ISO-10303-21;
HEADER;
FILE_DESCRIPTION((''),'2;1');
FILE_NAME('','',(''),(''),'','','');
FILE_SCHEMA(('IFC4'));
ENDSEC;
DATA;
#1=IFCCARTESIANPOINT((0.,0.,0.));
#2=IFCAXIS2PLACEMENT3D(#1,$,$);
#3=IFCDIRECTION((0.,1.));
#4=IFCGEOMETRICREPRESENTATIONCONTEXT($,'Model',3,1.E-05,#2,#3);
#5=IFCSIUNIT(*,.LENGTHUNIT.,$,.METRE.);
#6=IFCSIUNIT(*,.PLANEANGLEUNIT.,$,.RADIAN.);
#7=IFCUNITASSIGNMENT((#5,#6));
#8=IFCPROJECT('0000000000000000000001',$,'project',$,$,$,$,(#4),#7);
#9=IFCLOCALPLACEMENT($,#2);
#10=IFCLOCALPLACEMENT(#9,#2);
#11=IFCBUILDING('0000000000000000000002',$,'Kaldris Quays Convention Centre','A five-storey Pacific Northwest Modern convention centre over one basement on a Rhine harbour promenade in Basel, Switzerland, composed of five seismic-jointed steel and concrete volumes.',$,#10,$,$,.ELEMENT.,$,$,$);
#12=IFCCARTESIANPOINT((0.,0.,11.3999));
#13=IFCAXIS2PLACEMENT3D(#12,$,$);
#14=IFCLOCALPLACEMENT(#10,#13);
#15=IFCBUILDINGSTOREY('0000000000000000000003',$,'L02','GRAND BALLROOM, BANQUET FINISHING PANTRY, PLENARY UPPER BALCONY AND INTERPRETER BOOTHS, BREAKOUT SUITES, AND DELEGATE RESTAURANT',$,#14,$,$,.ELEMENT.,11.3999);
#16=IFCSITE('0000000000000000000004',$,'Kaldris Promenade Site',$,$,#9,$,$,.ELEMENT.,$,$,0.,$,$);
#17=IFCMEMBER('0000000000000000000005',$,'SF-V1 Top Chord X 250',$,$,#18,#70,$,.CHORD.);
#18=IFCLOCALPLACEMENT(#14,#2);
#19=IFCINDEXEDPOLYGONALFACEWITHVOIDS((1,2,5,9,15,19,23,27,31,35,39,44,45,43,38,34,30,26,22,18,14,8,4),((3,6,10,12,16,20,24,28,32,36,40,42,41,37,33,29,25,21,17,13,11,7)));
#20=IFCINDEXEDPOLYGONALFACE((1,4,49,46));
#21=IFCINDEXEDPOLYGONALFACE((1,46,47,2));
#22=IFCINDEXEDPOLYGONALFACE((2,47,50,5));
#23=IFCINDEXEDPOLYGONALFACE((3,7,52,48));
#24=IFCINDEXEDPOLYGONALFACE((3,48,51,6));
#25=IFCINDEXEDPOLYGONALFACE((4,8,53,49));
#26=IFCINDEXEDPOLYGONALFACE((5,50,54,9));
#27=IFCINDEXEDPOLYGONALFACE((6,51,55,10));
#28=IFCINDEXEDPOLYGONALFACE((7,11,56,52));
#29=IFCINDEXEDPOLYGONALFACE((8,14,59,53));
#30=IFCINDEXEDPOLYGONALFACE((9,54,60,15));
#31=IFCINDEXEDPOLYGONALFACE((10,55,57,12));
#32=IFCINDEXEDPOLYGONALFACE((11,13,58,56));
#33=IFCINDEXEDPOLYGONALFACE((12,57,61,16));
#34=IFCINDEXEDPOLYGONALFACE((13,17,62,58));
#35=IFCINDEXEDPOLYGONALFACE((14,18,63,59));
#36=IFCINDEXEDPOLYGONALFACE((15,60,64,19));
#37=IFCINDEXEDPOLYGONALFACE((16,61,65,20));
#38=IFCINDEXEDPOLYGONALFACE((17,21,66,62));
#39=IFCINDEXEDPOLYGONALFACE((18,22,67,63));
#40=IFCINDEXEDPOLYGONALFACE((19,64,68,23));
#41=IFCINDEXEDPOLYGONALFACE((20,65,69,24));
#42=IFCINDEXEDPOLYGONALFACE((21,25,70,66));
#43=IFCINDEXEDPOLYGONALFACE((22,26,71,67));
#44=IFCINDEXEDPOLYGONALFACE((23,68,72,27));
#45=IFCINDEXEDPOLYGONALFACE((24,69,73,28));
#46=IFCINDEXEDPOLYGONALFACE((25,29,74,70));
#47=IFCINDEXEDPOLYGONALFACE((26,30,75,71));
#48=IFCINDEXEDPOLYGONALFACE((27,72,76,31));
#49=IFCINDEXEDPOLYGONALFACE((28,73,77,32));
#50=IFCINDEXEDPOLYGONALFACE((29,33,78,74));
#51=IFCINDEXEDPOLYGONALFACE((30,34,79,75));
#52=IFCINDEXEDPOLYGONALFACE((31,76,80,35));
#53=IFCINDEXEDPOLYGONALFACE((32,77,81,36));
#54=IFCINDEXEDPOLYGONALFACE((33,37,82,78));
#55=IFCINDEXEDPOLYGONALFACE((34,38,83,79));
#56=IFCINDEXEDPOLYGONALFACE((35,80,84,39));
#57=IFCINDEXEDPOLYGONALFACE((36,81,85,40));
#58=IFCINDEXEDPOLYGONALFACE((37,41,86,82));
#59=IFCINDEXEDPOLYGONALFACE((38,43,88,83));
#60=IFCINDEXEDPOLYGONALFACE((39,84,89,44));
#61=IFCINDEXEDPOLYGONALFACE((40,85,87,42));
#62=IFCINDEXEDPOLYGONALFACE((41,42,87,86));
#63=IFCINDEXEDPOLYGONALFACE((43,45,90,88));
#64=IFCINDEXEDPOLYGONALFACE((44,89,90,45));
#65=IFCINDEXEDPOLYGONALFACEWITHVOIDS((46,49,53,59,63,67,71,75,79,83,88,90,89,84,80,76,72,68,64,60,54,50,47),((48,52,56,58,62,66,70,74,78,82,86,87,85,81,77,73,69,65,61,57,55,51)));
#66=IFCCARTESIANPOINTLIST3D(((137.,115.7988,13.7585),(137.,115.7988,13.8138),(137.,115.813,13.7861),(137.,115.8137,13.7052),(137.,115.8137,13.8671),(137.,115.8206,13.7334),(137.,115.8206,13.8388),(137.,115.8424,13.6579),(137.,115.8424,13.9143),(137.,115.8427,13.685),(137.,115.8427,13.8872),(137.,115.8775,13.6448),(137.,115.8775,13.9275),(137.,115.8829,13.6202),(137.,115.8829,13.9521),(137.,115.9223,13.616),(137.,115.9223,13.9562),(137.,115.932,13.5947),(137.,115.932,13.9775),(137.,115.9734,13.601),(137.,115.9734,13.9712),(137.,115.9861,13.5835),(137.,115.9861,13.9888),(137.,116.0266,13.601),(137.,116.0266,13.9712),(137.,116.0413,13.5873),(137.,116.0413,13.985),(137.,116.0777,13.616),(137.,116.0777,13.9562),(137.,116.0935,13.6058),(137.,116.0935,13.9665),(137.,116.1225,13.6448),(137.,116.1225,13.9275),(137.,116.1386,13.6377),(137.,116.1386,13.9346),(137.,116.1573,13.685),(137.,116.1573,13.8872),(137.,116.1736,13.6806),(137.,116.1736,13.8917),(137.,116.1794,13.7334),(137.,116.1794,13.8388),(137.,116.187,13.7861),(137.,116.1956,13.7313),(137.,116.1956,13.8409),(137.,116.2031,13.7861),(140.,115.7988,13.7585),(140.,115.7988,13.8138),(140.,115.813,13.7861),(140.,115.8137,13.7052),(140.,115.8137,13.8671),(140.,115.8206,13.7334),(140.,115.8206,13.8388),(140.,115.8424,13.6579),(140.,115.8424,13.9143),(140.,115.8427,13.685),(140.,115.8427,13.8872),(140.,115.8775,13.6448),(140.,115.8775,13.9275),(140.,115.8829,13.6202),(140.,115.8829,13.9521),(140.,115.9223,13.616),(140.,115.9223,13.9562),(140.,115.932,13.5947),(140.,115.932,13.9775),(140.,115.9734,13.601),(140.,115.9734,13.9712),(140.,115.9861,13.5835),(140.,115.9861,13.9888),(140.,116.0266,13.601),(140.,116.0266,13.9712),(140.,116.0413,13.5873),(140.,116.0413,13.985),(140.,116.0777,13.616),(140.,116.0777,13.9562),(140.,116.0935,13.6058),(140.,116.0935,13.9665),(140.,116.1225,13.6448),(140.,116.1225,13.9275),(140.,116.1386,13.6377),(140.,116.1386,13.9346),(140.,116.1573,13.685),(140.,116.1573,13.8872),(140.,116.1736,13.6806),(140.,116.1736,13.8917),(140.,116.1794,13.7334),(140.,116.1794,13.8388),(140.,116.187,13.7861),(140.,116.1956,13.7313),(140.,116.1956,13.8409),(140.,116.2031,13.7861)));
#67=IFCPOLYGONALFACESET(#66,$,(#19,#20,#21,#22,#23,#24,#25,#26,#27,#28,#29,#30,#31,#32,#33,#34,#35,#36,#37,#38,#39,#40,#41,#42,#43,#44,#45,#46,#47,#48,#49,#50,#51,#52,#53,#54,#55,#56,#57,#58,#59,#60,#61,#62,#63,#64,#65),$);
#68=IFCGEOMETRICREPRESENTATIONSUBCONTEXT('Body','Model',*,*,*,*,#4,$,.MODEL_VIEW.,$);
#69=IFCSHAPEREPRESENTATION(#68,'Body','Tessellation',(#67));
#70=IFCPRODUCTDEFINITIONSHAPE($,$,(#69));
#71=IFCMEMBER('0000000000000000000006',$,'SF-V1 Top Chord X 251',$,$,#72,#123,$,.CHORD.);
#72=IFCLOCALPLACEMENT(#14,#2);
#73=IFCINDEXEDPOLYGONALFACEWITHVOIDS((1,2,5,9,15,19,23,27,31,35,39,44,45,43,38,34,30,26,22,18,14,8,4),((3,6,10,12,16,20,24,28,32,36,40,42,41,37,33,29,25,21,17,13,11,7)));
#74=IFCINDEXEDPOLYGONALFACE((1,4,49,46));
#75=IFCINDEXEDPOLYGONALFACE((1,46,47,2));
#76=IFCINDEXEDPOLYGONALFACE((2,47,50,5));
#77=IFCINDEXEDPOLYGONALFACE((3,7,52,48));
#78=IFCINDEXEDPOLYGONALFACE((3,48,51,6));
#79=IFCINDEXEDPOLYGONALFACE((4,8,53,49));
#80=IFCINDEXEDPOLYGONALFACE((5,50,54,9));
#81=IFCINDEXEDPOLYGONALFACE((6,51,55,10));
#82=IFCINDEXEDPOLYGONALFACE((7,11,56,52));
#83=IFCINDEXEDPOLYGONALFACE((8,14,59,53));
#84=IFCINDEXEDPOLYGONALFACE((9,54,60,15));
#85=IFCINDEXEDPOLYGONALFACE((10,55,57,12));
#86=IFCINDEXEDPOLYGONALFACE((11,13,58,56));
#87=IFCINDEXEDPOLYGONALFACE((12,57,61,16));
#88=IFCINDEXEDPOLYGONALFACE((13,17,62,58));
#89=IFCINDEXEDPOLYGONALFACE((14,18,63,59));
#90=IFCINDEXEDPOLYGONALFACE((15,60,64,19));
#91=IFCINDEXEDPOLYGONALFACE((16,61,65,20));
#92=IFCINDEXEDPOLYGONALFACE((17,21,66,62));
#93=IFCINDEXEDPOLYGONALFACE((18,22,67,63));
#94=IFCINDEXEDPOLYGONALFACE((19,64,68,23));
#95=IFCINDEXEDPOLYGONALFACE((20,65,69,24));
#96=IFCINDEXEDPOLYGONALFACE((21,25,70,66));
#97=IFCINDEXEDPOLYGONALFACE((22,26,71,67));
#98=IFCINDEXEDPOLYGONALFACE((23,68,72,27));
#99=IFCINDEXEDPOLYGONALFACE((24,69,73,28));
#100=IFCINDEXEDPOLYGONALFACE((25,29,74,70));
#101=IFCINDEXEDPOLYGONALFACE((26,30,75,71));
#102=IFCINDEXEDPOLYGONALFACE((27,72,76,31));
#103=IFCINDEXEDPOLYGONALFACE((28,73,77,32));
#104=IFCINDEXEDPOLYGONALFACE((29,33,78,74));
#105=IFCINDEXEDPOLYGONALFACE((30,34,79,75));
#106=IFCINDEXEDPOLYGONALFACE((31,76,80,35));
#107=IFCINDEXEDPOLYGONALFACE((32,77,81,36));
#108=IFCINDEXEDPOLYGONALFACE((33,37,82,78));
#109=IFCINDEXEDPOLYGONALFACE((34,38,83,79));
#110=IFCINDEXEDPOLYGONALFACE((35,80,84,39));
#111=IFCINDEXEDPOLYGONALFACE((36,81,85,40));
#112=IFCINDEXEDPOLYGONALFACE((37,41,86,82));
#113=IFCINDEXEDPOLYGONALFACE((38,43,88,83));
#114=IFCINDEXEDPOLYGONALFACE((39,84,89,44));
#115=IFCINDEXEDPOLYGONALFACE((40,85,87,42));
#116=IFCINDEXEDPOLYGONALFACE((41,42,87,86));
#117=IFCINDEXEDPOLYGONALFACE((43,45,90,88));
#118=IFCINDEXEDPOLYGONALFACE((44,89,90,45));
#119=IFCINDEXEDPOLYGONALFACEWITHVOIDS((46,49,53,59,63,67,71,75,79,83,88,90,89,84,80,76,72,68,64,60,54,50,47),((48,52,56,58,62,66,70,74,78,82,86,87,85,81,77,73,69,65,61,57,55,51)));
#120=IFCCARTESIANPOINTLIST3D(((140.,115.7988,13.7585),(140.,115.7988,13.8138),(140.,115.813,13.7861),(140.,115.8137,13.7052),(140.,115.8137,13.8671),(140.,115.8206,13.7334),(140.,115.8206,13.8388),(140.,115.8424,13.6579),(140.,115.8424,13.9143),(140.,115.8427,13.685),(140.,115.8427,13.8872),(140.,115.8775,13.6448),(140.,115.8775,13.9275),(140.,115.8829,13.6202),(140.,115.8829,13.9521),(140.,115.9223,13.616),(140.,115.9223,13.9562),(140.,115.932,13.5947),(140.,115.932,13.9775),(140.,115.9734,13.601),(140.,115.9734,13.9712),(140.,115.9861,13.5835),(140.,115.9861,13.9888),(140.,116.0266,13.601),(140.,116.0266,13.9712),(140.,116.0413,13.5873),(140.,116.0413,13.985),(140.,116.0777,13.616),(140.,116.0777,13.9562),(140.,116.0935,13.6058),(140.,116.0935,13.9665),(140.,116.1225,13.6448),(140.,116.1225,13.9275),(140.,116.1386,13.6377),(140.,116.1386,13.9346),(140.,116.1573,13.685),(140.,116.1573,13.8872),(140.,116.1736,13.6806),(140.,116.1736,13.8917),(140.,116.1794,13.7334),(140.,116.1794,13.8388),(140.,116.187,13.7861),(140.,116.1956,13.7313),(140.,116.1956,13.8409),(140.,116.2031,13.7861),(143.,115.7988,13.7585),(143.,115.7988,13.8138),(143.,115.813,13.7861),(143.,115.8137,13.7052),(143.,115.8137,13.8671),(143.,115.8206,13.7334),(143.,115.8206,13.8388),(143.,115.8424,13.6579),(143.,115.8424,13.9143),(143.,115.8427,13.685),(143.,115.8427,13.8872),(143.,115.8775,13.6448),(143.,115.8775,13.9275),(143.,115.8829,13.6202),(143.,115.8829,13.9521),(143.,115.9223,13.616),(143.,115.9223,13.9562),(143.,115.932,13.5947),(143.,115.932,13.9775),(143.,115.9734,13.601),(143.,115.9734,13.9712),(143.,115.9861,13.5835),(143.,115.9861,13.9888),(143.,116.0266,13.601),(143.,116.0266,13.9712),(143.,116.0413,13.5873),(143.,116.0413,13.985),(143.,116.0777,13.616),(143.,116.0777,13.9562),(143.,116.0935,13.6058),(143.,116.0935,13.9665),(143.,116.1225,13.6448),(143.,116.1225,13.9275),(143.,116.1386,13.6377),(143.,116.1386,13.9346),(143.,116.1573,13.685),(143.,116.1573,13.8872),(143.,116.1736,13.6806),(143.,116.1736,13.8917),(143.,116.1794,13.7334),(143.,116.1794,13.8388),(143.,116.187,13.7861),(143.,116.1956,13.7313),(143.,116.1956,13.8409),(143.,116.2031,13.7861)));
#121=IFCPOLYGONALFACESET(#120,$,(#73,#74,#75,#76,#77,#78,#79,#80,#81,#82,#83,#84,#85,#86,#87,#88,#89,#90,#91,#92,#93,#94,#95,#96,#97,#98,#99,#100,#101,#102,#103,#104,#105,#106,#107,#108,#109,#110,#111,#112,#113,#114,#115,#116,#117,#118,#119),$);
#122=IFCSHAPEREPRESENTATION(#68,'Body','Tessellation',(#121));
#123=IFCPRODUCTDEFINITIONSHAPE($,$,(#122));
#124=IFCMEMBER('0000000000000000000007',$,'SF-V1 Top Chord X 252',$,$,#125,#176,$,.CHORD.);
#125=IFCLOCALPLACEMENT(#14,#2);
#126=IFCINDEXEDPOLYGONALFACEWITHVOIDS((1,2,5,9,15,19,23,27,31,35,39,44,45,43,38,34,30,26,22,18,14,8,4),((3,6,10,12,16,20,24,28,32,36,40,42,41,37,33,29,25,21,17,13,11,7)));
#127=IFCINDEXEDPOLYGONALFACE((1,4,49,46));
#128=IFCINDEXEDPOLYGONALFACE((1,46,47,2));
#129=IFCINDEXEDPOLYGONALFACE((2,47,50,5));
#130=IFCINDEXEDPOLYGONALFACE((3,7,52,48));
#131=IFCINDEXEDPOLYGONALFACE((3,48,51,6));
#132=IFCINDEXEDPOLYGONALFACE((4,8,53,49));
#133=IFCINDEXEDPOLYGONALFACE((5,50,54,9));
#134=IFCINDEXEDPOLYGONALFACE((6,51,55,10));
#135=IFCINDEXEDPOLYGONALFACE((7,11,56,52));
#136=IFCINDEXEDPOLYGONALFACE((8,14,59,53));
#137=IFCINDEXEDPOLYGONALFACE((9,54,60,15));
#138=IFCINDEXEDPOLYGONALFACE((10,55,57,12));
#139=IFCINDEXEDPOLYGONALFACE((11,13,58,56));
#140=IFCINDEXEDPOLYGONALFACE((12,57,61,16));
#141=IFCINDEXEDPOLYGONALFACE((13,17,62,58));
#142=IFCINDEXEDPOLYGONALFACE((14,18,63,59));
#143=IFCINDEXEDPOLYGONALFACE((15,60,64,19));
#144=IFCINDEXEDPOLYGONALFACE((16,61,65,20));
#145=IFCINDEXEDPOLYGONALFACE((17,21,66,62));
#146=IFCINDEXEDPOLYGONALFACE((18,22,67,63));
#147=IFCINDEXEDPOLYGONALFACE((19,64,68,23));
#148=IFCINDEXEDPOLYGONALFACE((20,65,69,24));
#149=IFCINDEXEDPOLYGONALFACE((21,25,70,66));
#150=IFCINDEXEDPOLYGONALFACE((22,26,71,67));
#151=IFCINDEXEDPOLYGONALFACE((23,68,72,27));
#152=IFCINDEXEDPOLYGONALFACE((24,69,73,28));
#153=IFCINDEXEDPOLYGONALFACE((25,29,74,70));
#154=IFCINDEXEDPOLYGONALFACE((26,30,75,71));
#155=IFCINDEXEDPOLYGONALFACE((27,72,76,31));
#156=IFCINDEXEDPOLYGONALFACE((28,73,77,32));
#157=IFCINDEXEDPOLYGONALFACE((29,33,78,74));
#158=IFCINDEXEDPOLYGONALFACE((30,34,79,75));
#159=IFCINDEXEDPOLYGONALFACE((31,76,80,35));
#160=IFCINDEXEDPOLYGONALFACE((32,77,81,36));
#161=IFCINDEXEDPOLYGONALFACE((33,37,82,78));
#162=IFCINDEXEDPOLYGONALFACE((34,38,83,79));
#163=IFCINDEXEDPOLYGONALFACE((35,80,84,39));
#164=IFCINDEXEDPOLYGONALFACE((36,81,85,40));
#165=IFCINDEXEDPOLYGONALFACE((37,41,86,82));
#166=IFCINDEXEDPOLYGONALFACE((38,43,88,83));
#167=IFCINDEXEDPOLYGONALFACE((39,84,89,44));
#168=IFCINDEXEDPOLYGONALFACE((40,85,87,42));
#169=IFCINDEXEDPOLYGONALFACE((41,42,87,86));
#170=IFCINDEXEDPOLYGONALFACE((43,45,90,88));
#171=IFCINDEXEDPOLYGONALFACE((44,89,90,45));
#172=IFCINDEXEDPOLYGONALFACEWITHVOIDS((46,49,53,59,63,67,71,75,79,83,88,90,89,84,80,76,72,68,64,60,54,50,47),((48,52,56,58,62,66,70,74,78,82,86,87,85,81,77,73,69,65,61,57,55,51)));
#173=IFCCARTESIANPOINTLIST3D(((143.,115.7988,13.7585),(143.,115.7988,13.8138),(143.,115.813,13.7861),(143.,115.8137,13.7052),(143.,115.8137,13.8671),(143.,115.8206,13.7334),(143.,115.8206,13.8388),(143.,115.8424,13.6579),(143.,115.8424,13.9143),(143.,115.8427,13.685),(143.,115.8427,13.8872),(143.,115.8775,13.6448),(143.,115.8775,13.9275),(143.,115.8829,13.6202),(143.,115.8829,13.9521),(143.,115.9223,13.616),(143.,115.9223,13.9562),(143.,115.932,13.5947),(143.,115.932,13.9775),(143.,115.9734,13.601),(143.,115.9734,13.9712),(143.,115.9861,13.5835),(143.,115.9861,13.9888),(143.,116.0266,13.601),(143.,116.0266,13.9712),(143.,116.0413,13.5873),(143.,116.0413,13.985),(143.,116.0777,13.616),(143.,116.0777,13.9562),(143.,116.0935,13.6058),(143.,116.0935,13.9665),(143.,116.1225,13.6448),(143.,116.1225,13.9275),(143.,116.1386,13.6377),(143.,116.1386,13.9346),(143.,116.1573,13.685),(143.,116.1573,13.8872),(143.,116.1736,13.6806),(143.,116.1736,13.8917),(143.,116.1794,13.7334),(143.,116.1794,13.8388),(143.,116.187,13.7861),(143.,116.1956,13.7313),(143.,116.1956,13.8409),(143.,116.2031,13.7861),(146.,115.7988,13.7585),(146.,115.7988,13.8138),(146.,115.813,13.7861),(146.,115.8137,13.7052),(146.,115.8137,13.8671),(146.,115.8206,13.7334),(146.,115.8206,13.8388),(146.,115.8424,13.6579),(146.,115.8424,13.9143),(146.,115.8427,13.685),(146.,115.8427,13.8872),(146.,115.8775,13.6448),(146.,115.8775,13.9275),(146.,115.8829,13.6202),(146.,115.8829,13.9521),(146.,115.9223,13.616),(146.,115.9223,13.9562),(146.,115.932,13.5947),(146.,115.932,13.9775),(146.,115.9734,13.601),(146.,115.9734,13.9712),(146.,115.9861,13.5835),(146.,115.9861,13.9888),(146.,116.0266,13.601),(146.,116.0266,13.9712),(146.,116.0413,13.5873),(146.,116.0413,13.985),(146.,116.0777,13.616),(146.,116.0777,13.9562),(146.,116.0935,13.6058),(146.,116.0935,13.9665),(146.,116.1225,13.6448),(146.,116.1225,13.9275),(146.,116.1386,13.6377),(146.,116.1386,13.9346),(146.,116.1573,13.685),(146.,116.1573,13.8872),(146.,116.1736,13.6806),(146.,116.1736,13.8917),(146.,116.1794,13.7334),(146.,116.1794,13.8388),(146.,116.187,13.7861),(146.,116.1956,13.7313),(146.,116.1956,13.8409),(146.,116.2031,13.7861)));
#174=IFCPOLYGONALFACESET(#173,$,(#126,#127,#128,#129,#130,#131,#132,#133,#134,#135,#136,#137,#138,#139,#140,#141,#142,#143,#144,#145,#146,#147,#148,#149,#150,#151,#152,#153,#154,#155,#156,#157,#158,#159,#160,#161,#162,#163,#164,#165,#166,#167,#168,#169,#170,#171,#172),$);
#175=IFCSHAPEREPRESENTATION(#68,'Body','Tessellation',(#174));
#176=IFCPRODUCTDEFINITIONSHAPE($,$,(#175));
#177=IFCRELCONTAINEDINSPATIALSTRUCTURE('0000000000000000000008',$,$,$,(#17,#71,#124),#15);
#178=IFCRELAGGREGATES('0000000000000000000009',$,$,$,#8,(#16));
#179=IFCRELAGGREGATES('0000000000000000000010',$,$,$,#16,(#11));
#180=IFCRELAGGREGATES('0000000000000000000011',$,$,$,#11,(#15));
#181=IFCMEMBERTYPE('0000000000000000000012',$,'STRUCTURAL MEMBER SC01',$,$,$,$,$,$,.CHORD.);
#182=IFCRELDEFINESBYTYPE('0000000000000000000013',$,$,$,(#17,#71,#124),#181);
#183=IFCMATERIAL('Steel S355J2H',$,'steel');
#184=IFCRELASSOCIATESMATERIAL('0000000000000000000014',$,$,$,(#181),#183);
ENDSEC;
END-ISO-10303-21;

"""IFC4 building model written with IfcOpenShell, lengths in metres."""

from ifc_helpers import new_model, si_unit, direction, frame, origin, origin_2d, place, context, subcontext, project, spatial, hollow_circle, extrude, material, material_profile, profile_set, type_object, element, save


model = new_model("IFC4")

# Units and contexts
model_context = context("Model", 3, precision=1e-05, world=origin(), true_north=direction((0.0, 1.0)))
body_context = subcontext(model_context, "Body", "Model", "MODEL_VIEW")
ifc_project = project(units=[si_unit("LENGTHUNIT", "METRE"), si_unit("PLANEANGLEUNIT", "RADIAN")], contexts=[model_context])

# Site, building, storey
site_placement = place(None, origin())
site = spatial("IfcSite", under=ifc_project, at=site_placement, Name="Kaldris Promenade Site", CompositionType="ELEMENT", RefElevation=0.0)
building_placement = place(site_placement, origin())
building = spatial("IfcBuilding", under=site, at=building_placement, Name="Kaldris Quays Convention Centre", Description="A five-storey Pacific Northwest Modern convention centre over one basement on a Rhine harbour promenade in Basel, Switzerland, composed of five seismic-jointed steel and concrete volumes.", CompositionType="ELEMENT")
storey_placement = place(building_placement, frame((0.0, 0.0, 11.3999)))
storey = spatial("IfcBuildingStorey", under=building, at=storey_placement, Name="L02", Description="GRAND BALLROOM, BANQUET FINISHING PANTRY, PLENARY UPPER BALCONY AND INTERPRETER BOOTHS, BREAKOUT SUITES, AND DELEGATE RESTAURANT", CompositionType="ELEMENT", Elevation=11.3999)

# Members
ifc_material_1 = material(Name="Steel S355J2H", Category="steel")
ifc_material_profile_1 = material_profile(ifc_material_1, hollow_circle(Radius=0.2031, WallThickness=0.0161, at=origin_2d()), Name="CHS 406.4x16")
ifc_profile_set_1 = profile_set([ifc_material_profile_1], Name="Steel S355J2H")
member_type_1 = type_object("IfcMemberType", Name="STRUCTURAL MEMBER SC01", PredefinedType="CHORD", material=ifc_profile_set_1)
for number, where, z_axis, x_axis, name in (
    (1, (137.0, 116.0, 13.7861), (1.0, 0.0, 0.0), (0.0, 1.0, 0.0), "SF-V1 Top Chord X 250"),
    (2, (140.0, 116.0, 13.7861), (1.0, 0.0, 0.0), (0.0, 1.0, 0.0), "SF-V1 Top Chord X 251"),
    (3, (143.0, 116.0, 13.7861), (1.0, 0.0, 0.0), (0.0, 1.0, 0.0), "SF-V1 Top Chord X 252"),
):
    element("IfcMember", number, at=place(storey_placement, frame(where, z_axis=z_axis, x_axis=x_axis)), inside=storey, type_object=member_type_1, Name=name, PredefinedType="CHORD", context=body_context, shape_type="SweptSolid", body=[
        extrude(hollow_circle(Radius=0.2031, WallThickness=0.0161, at=origin_2d()), origin(), (0.0, 0.0, 1.0), 3.0),
    ])

save(model, "model.ifc")
